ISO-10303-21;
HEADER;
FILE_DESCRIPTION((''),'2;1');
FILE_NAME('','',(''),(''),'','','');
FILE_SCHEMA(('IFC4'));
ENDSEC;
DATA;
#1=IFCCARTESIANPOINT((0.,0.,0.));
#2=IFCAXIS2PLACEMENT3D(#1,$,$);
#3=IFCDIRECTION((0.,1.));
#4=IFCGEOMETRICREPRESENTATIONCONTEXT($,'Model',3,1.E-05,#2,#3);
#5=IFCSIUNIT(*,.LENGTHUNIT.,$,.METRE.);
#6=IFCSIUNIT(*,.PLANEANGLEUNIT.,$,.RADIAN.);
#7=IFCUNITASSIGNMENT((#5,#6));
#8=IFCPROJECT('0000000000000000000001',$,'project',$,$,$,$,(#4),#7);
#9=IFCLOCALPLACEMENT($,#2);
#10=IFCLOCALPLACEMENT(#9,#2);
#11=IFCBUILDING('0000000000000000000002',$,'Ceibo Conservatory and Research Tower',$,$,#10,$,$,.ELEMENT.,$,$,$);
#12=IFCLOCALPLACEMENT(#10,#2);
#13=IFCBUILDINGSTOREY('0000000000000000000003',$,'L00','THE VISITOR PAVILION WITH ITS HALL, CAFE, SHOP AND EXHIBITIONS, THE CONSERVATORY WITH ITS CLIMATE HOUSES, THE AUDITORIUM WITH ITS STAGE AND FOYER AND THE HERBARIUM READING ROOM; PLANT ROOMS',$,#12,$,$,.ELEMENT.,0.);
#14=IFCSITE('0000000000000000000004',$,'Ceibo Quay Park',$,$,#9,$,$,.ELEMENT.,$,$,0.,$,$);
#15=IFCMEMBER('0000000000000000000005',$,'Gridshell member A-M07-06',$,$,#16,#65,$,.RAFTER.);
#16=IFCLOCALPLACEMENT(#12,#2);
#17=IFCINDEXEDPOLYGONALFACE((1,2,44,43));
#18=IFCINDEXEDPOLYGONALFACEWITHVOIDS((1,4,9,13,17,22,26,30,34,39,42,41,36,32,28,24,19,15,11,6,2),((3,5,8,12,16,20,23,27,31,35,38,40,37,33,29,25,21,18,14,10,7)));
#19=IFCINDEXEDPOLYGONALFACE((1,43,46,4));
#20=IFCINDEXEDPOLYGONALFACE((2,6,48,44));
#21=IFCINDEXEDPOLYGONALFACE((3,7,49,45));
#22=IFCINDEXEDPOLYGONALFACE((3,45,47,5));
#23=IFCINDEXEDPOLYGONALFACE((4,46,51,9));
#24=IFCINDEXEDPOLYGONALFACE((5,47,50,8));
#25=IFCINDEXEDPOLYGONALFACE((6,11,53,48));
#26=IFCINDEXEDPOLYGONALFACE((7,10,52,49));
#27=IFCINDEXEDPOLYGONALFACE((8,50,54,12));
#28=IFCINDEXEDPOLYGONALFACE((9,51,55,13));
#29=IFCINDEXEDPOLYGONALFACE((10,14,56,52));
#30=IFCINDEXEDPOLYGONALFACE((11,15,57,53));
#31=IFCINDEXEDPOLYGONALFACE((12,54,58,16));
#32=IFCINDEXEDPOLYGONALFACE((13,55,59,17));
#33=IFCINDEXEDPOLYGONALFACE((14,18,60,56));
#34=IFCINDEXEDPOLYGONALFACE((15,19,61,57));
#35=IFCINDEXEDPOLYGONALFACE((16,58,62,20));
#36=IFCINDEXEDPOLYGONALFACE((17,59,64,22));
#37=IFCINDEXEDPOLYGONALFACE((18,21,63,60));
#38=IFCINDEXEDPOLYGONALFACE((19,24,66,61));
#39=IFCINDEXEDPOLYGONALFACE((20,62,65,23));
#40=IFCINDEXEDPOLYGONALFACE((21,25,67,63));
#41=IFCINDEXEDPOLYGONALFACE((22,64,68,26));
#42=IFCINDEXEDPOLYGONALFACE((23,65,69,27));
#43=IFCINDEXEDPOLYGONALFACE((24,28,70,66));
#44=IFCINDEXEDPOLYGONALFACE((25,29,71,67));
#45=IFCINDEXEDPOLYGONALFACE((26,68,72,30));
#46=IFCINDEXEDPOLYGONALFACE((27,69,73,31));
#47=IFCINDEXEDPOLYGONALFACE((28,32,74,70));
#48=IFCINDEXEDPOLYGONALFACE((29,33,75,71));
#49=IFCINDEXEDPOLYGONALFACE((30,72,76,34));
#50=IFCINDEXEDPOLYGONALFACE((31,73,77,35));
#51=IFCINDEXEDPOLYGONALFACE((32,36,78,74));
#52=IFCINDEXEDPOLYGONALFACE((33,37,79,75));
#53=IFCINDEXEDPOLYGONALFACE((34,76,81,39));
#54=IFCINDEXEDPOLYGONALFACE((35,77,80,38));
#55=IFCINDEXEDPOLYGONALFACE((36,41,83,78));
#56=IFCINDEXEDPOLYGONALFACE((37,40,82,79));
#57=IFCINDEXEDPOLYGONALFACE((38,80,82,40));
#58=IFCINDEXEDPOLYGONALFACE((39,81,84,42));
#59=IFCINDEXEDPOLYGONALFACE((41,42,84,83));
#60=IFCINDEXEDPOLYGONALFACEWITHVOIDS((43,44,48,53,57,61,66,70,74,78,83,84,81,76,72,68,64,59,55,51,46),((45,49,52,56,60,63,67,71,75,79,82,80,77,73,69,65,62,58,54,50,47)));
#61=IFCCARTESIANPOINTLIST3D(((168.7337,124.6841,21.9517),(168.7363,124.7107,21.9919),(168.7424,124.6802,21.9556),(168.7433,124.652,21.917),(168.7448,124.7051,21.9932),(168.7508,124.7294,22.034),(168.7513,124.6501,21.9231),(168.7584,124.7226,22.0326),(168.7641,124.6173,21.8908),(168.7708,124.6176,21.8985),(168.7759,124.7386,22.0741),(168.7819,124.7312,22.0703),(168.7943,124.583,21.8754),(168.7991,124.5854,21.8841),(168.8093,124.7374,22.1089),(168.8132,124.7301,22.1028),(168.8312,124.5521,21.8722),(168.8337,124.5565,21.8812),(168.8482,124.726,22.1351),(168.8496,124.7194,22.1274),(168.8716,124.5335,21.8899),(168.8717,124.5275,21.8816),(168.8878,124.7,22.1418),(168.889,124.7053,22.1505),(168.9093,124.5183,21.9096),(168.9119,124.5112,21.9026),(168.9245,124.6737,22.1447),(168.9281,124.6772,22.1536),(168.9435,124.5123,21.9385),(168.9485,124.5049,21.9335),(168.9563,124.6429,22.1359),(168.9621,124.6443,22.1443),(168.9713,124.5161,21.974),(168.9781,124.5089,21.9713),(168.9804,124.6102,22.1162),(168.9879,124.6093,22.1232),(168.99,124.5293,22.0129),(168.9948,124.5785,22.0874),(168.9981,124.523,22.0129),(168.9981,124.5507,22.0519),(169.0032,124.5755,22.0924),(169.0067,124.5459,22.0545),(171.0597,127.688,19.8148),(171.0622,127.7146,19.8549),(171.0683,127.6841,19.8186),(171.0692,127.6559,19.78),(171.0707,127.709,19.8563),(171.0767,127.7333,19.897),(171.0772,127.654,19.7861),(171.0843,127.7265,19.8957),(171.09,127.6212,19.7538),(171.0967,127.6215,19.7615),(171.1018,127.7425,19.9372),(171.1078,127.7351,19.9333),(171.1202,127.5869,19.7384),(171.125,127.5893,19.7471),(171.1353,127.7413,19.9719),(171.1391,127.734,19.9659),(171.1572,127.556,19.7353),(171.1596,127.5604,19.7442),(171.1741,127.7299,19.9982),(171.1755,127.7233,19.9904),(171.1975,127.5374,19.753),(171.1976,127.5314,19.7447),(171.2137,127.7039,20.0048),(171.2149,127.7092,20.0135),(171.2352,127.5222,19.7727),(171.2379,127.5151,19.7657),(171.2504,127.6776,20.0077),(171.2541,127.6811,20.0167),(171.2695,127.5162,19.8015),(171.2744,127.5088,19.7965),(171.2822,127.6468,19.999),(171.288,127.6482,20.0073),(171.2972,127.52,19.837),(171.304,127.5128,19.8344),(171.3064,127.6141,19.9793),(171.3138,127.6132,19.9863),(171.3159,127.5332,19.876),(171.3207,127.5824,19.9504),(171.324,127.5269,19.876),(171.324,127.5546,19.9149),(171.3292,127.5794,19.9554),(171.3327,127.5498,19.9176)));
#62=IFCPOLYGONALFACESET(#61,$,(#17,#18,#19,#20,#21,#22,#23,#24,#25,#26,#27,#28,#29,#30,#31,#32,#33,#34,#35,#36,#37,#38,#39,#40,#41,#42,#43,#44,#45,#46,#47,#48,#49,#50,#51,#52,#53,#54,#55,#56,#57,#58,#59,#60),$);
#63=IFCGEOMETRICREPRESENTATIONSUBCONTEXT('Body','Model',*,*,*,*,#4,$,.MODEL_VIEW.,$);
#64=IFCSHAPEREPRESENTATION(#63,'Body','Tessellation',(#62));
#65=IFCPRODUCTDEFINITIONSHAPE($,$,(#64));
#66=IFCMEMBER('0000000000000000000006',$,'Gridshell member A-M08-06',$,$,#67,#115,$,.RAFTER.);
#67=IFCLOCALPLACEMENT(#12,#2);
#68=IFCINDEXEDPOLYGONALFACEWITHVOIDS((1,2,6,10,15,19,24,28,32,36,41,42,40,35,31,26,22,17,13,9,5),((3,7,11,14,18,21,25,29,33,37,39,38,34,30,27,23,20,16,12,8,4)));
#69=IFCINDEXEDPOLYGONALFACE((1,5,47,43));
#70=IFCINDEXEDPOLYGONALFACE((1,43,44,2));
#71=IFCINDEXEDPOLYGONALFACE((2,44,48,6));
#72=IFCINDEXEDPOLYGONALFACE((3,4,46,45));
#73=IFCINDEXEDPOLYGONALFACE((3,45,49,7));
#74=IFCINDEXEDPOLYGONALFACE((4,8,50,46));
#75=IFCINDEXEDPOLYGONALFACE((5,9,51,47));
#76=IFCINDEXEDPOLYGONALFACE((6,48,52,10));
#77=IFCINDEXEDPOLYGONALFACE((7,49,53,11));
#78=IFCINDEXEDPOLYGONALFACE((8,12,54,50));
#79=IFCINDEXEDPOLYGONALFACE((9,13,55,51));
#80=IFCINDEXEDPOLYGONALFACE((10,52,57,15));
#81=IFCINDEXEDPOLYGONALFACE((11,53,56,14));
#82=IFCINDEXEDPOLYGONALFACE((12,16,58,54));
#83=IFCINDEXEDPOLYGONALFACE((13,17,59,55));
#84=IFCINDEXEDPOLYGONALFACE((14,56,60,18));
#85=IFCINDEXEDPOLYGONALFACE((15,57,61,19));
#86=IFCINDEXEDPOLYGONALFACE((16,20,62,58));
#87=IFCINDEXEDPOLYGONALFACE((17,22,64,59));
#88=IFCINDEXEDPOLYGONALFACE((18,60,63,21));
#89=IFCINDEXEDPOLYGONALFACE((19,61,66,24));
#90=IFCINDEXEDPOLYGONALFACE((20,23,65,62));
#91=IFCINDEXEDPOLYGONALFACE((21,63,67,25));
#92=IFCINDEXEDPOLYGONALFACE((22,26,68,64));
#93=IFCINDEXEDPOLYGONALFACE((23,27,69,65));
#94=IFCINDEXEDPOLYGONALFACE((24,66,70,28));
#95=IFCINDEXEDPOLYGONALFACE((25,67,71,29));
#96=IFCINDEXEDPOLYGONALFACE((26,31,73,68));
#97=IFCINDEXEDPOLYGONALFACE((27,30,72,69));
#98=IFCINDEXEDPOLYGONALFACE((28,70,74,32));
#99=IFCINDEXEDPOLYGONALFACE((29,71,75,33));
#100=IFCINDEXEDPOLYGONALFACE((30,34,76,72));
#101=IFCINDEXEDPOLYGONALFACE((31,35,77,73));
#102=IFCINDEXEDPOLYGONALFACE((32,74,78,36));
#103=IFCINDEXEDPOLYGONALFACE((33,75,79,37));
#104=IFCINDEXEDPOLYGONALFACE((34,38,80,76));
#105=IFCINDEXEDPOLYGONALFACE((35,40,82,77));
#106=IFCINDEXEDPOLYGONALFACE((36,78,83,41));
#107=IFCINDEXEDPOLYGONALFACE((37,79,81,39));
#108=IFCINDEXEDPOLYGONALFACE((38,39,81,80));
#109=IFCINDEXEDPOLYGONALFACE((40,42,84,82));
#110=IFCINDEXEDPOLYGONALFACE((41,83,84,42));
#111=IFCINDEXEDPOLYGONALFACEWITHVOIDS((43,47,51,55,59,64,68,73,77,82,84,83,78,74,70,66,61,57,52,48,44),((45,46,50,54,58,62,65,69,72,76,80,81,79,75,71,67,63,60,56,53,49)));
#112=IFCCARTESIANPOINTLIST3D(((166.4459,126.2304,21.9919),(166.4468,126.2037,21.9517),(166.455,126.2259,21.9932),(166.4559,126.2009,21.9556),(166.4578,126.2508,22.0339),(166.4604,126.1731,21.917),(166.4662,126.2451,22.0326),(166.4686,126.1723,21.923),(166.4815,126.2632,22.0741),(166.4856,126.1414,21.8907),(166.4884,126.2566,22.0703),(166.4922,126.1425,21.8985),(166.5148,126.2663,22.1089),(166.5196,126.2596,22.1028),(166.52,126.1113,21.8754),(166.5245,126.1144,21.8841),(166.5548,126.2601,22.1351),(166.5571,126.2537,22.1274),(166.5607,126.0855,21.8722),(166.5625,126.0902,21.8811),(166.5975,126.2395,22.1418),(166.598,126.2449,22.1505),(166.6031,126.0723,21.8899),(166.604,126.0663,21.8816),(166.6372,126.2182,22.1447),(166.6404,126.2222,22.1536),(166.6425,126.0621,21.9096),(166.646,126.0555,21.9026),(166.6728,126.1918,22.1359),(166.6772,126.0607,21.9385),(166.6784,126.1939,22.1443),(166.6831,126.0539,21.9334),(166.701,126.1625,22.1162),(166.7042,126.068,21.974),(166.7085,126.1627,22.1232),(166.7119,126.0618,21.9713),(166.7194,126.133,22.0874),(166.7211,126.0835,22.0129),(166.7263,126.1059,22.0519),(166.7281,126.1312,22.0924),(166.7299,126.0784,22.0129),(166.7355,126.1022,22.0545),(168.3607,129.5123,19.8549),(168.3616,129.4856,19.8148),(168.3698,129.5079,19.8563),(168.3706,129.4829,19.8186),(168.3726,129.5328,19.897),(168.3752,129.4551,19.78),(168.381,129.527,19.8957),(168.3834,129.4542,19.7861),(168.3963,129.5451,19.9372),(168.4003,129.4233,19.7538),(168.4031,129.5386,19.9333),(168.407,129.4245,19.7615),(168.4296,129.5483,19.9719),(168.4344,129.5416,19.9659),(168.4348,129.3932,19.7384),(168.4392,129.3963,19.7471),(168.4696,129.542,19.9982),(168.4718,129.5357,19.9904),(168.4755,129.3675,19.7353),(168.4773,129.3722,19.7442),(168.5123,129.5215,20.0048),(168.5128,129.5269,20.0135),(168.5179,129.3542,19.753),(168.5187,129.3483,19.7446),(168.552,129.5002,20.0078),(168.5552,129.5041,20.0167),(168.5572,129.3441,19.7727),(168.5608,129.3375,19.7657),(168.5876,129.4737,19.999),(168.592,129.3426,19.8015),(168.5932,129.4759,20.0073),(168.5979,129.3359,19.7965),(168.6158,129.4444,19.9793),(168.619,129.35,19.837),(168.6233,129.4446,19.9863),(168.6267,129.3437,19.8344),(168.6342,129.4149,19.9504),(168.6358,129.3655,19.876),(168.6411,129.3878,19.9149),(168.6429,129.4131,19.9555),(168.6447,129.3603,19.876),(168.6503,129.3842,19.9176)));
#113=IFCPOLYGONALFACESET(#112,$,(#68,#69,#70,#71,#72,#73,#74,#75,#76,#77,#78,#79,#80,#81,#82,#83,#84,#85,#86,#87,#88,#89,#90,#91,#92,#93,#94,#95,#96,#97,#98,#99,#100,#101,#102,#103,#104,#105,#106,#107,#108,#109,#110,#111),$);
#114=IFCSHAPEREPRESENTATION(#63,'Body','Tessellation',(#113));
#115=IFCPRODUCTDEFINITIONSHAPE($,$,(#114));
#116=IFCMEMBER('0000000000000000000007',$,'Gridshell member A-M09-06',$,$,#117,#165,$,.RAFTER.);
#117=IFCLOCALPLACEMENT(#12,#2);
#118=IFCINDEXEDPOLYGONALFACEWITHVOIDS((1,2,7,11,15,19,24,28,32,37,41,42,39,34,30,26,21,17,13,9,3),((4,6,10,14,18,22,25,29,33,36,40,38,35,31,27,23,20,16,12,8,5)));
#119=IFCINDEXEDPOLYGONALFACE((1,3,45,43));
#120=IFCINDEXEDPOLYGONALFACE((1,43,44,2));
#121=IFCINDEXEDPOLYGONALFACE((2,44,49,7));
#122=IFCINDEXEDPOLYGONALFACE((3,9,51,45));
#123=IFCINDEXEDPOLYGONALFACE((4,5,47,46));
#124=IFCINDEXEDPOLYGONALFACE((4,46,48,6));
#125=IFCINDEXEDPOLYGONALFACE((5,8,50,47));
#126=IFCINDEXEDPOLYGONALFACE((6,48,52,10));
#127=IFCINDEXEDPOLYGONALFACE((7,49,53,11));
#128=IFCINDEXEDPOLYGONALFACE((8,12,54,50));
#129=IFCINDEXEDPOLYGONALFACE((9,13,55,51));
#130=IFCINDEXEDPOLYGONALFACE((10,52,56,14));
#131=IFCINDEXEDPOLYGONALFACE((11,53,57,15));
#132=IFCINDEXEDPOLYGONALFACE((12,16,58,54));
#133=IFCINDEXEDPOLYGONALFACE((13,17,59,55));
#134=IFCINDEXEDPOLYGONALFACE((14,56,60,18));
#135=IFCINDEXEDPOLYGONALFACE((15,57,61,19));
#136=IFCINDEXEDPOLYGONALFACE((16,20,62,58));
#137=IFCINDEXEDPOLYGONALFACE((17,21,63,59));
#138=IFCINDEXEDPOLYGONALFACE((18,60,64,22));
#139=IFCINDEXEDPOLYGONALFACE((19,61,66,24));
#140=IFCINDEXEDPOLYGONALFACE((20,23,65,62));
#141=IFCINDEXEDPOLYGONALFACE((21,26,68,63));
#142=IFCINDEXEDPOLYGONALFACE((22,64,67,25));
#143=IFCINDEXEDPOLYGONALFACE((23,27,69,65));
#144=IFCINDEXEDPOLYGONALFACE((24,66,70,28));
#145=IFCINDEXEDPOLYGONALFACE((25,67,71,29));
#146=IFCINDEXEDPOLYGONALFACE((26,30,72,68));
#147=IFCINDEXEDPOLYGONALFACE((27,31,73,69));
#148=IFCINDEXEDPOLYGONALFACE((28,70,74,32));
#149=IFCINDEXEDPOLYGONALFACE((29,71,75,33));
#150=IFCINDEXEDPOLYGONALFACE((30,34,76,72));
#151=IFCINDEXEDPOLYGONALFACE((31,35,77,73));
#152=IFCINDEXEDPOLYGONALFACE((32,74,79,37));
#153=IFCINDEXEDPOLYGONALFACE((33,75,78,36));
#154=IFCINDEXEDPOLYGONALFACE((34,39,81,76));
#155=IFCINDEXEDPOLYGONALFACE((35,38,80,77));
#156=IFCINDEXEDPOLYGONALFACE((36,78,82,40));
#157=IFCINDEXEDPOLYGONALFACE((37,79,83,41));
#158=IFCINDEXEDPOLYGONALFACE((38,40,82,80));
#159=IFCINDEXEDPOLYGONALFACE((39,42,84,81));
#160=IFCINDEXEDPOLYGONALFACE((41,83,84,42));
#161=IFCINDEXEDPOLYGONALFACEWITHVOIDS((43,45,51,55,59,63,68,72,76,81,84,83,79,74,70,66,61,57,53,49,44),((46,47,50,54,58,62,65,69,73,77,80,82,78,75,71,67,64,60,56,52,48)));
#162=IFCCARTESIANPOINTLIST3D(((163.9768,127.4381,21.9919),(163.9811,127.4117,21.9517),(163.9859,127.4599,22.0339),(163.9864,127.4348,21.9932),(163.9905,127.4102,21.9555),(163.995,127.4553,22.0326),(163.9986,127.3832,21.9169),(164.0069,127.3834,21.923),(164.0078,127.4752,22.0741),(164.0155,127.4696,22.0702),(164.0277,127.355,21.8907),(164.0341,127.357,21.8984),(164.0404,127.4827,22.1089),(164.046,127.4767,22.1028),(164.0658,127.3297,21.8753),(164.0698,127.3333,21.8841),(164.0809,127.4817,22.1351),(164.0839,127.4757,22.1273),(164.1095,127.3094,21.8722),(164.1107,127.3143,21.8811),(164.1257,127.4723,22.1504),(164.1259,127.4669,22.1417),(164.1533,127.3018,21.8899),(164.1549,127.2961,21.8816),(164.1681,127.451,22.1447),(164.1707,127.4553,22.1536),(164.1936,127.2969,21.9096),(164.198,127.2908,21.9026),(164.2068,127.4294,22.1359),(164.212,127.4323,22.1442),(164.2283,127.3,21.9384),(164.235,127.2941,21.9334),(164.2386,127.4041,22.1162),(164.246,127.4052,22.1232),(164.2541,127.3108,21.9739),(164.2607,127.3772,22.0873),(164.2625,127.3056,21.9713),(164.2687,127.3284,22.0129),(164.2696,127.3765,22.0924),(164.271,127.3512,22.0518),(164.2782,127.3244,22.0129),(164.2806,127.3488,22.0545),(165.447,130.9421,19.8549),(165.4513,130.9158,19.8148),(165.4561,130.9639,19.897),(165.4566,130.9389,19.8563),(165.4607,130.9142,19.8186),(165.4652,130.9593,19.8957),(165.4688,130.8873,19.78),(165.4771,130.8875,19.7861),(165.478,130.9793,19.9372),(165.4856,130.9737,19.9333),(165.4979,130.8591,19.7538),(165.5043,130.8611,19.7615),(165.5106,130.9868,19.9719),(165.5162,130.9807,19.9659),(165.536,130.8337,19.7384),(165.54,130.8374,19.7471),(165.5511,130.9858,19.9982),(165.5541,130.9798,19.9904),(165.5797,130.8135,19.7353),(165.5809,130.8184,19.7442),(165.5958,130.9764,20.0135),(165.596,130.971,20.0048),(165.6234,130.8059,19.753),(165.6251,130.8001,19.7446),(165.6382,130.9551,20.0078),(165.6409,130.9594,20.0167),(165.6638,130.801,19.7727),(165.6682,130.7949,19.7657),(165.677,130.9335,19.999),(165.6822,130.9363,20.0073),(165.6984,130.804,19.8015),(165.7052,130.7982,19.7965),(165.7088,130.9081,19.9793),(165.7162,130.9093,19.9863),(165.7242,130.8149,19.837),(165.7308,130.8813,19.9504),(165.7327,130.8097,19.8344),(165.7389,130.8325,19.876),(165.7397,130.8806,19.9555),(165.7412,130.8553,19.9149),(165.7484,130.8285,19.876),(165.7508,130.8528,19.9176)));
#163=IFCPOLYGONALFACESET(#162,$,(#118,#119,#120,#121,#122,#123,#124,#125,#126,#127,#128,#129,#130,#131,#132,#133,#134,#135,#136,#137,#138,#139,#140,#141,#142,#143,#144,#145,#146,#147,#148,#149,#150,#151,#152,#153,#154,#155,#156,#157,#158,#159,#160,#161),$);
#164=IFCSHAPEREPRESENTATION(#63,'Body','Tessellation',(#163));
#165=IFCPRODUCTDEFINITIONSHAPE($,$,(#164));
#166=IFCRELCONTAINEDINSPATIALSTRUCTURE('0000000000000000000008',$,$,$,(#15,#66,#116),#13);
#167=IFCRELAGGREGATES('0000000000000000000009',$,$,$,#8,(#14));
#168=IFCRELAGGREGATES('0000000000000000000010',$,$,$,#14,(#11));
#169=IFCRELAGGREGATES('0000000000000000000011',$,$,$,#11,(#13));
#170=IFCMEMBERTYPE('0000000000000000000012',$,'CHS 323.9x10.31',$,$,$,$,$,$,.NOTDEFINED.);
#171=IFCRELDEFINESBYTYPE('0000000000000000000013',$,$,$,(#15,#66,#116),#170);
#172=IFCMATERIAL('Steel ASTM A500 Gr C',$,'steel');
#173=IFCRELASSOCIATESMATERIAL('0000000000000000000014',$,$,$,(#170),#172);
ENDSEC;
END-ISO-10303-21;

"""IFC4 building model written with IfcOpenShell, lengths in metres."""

from ifc_helpers import new_model, si_unit, direction, frame, origin, origin_2d, place, context, subcontext, project, spatial, hollow_circle, extrude, material, material_profile, profile_set, type_object, element, save


model = new_model("IFC4")

# Units and contexts
model_context = context("Model", 3, precision=1e-05, world=origin(), true_north=direction((0.0, 1.0)))
body_context = subcontext(model_context, "Body", "Model", "MODEL_VIEW")
ifc_project = project(units=[si_unit("LENGTHUNIT", "METRE"), si_unit("PLANEANGLEUNIT", "RADIAN")], contexts=[model_context])

# Site, building, storey
site_placement = place(None, origin())
site = spatial("IfcSite", under=ifc_project, at=site_placement, Name="Ceibo Quay Park", CompositionType="ELEMENT", RefElevation=0.0)
building_placement = place(site_placement, origin())
building = spatial("IfcBuilding", under=site, at=building_placement, Name="Ceibo Conservatory and Research Tower", CompositionType="ELEMENT")
storey_placement = place(building_placement, origin())
storey = spatial("IfcBuildingStorey", under=building, at=storey_placement, Name="L00", Description="THE VISITOR PAVILION WITH ITS HALL, CAFE, SHOP AND EXHIBITIONS, THE CONSERVATORY WITH ITS CLIMATE HOUSES, THE AUDITORIUM WITH ITS STAGE AND FOYER AND THE HERBARIUM READING ROOM; PLANT ROOMS", CompositionType="ELEMENT", Elevation=0.0)

# Members
ifc_material_1 = material(Name="Steel ASTM A500 Gr C", Category="steel")
ifc_material_profile_1 = material_profile(ifc_material_1, hollow_circle(Radius=0.1619, WallThickness=0.0103, at=origin_2d()), Name="CHS 323.9x10.31")
ifc_profile_set_1 = profile_set([ifc_material_profile_1], Name="Steel ASTM A500 Gr C")
member_type_1 = type_object("IfcMemberType", Name="CHS 323.9x10.31", PredefinedType="NOTDEFINED", material=ifc_profile_set_1)
member_1_placement = place(storey_placement, frame((171.196, 127.626, 19.876), z_axis=(-0.533604, -0.689143, 0.490253), x_axis=(0.790683, -0.612226, 0.0)))
element("IfcMember", 1, at=member_1_placement, inside=storey, type_object=member_type_1, Name="Gridshell member A-M07-06", PredefinedType="RAFTER", context=body_context, shape_type="SweptSolid", body=[
    extrude(hollow_circle(Radius=0.1619, WallThickness=0.0103, at=origin_2d()), origin(), (0.0, 0.0, 1.0), 4.3589),
])
member_2_placement = place(storey_placement, frame((168.5049, 129.4419, 19.876), z_axis=(-0.439233, -0.75285, 0.490195), x_axis=(0.863744, -0.503931, 0.0)))
element("IfcMember", 2, at=member_2_placement, inside=storey, type_object=member_type_1, Name="Gridshell member A-M08-06", PredefinedType="RAFTER", context=body_context, shape_type="SweptSolid", body=[
    extrude(hollow_circle(Radius=0.1619, WallThickness=0.0103, at=origin_2d()), origin(), (0.0, 0.0, 1.0), 4.3594),
])
member_3_placement = place(storey_placement, frame((165.5991, 130.8911, 19.876), z_axis=(-0.337226, -0.803755, 0.49016), x_axis=(0.922126, -0.386891, 0.0)))
element("IfcMember", 3, at=member_3_placement, inside=storey, type_object=member_type_1, Name="Gridshell member A-M09-06", PredefinedType="RAFTER", context=body_context, shape_type="SweptSolid", body=[
    extrude(hollow_circle(Radius=0.1619, WallThickness=0.0103, at=origin_2d()), origin(), (0.0, 0.0, 1.0), 4.3596),
])

save(model, "model.ifc")
